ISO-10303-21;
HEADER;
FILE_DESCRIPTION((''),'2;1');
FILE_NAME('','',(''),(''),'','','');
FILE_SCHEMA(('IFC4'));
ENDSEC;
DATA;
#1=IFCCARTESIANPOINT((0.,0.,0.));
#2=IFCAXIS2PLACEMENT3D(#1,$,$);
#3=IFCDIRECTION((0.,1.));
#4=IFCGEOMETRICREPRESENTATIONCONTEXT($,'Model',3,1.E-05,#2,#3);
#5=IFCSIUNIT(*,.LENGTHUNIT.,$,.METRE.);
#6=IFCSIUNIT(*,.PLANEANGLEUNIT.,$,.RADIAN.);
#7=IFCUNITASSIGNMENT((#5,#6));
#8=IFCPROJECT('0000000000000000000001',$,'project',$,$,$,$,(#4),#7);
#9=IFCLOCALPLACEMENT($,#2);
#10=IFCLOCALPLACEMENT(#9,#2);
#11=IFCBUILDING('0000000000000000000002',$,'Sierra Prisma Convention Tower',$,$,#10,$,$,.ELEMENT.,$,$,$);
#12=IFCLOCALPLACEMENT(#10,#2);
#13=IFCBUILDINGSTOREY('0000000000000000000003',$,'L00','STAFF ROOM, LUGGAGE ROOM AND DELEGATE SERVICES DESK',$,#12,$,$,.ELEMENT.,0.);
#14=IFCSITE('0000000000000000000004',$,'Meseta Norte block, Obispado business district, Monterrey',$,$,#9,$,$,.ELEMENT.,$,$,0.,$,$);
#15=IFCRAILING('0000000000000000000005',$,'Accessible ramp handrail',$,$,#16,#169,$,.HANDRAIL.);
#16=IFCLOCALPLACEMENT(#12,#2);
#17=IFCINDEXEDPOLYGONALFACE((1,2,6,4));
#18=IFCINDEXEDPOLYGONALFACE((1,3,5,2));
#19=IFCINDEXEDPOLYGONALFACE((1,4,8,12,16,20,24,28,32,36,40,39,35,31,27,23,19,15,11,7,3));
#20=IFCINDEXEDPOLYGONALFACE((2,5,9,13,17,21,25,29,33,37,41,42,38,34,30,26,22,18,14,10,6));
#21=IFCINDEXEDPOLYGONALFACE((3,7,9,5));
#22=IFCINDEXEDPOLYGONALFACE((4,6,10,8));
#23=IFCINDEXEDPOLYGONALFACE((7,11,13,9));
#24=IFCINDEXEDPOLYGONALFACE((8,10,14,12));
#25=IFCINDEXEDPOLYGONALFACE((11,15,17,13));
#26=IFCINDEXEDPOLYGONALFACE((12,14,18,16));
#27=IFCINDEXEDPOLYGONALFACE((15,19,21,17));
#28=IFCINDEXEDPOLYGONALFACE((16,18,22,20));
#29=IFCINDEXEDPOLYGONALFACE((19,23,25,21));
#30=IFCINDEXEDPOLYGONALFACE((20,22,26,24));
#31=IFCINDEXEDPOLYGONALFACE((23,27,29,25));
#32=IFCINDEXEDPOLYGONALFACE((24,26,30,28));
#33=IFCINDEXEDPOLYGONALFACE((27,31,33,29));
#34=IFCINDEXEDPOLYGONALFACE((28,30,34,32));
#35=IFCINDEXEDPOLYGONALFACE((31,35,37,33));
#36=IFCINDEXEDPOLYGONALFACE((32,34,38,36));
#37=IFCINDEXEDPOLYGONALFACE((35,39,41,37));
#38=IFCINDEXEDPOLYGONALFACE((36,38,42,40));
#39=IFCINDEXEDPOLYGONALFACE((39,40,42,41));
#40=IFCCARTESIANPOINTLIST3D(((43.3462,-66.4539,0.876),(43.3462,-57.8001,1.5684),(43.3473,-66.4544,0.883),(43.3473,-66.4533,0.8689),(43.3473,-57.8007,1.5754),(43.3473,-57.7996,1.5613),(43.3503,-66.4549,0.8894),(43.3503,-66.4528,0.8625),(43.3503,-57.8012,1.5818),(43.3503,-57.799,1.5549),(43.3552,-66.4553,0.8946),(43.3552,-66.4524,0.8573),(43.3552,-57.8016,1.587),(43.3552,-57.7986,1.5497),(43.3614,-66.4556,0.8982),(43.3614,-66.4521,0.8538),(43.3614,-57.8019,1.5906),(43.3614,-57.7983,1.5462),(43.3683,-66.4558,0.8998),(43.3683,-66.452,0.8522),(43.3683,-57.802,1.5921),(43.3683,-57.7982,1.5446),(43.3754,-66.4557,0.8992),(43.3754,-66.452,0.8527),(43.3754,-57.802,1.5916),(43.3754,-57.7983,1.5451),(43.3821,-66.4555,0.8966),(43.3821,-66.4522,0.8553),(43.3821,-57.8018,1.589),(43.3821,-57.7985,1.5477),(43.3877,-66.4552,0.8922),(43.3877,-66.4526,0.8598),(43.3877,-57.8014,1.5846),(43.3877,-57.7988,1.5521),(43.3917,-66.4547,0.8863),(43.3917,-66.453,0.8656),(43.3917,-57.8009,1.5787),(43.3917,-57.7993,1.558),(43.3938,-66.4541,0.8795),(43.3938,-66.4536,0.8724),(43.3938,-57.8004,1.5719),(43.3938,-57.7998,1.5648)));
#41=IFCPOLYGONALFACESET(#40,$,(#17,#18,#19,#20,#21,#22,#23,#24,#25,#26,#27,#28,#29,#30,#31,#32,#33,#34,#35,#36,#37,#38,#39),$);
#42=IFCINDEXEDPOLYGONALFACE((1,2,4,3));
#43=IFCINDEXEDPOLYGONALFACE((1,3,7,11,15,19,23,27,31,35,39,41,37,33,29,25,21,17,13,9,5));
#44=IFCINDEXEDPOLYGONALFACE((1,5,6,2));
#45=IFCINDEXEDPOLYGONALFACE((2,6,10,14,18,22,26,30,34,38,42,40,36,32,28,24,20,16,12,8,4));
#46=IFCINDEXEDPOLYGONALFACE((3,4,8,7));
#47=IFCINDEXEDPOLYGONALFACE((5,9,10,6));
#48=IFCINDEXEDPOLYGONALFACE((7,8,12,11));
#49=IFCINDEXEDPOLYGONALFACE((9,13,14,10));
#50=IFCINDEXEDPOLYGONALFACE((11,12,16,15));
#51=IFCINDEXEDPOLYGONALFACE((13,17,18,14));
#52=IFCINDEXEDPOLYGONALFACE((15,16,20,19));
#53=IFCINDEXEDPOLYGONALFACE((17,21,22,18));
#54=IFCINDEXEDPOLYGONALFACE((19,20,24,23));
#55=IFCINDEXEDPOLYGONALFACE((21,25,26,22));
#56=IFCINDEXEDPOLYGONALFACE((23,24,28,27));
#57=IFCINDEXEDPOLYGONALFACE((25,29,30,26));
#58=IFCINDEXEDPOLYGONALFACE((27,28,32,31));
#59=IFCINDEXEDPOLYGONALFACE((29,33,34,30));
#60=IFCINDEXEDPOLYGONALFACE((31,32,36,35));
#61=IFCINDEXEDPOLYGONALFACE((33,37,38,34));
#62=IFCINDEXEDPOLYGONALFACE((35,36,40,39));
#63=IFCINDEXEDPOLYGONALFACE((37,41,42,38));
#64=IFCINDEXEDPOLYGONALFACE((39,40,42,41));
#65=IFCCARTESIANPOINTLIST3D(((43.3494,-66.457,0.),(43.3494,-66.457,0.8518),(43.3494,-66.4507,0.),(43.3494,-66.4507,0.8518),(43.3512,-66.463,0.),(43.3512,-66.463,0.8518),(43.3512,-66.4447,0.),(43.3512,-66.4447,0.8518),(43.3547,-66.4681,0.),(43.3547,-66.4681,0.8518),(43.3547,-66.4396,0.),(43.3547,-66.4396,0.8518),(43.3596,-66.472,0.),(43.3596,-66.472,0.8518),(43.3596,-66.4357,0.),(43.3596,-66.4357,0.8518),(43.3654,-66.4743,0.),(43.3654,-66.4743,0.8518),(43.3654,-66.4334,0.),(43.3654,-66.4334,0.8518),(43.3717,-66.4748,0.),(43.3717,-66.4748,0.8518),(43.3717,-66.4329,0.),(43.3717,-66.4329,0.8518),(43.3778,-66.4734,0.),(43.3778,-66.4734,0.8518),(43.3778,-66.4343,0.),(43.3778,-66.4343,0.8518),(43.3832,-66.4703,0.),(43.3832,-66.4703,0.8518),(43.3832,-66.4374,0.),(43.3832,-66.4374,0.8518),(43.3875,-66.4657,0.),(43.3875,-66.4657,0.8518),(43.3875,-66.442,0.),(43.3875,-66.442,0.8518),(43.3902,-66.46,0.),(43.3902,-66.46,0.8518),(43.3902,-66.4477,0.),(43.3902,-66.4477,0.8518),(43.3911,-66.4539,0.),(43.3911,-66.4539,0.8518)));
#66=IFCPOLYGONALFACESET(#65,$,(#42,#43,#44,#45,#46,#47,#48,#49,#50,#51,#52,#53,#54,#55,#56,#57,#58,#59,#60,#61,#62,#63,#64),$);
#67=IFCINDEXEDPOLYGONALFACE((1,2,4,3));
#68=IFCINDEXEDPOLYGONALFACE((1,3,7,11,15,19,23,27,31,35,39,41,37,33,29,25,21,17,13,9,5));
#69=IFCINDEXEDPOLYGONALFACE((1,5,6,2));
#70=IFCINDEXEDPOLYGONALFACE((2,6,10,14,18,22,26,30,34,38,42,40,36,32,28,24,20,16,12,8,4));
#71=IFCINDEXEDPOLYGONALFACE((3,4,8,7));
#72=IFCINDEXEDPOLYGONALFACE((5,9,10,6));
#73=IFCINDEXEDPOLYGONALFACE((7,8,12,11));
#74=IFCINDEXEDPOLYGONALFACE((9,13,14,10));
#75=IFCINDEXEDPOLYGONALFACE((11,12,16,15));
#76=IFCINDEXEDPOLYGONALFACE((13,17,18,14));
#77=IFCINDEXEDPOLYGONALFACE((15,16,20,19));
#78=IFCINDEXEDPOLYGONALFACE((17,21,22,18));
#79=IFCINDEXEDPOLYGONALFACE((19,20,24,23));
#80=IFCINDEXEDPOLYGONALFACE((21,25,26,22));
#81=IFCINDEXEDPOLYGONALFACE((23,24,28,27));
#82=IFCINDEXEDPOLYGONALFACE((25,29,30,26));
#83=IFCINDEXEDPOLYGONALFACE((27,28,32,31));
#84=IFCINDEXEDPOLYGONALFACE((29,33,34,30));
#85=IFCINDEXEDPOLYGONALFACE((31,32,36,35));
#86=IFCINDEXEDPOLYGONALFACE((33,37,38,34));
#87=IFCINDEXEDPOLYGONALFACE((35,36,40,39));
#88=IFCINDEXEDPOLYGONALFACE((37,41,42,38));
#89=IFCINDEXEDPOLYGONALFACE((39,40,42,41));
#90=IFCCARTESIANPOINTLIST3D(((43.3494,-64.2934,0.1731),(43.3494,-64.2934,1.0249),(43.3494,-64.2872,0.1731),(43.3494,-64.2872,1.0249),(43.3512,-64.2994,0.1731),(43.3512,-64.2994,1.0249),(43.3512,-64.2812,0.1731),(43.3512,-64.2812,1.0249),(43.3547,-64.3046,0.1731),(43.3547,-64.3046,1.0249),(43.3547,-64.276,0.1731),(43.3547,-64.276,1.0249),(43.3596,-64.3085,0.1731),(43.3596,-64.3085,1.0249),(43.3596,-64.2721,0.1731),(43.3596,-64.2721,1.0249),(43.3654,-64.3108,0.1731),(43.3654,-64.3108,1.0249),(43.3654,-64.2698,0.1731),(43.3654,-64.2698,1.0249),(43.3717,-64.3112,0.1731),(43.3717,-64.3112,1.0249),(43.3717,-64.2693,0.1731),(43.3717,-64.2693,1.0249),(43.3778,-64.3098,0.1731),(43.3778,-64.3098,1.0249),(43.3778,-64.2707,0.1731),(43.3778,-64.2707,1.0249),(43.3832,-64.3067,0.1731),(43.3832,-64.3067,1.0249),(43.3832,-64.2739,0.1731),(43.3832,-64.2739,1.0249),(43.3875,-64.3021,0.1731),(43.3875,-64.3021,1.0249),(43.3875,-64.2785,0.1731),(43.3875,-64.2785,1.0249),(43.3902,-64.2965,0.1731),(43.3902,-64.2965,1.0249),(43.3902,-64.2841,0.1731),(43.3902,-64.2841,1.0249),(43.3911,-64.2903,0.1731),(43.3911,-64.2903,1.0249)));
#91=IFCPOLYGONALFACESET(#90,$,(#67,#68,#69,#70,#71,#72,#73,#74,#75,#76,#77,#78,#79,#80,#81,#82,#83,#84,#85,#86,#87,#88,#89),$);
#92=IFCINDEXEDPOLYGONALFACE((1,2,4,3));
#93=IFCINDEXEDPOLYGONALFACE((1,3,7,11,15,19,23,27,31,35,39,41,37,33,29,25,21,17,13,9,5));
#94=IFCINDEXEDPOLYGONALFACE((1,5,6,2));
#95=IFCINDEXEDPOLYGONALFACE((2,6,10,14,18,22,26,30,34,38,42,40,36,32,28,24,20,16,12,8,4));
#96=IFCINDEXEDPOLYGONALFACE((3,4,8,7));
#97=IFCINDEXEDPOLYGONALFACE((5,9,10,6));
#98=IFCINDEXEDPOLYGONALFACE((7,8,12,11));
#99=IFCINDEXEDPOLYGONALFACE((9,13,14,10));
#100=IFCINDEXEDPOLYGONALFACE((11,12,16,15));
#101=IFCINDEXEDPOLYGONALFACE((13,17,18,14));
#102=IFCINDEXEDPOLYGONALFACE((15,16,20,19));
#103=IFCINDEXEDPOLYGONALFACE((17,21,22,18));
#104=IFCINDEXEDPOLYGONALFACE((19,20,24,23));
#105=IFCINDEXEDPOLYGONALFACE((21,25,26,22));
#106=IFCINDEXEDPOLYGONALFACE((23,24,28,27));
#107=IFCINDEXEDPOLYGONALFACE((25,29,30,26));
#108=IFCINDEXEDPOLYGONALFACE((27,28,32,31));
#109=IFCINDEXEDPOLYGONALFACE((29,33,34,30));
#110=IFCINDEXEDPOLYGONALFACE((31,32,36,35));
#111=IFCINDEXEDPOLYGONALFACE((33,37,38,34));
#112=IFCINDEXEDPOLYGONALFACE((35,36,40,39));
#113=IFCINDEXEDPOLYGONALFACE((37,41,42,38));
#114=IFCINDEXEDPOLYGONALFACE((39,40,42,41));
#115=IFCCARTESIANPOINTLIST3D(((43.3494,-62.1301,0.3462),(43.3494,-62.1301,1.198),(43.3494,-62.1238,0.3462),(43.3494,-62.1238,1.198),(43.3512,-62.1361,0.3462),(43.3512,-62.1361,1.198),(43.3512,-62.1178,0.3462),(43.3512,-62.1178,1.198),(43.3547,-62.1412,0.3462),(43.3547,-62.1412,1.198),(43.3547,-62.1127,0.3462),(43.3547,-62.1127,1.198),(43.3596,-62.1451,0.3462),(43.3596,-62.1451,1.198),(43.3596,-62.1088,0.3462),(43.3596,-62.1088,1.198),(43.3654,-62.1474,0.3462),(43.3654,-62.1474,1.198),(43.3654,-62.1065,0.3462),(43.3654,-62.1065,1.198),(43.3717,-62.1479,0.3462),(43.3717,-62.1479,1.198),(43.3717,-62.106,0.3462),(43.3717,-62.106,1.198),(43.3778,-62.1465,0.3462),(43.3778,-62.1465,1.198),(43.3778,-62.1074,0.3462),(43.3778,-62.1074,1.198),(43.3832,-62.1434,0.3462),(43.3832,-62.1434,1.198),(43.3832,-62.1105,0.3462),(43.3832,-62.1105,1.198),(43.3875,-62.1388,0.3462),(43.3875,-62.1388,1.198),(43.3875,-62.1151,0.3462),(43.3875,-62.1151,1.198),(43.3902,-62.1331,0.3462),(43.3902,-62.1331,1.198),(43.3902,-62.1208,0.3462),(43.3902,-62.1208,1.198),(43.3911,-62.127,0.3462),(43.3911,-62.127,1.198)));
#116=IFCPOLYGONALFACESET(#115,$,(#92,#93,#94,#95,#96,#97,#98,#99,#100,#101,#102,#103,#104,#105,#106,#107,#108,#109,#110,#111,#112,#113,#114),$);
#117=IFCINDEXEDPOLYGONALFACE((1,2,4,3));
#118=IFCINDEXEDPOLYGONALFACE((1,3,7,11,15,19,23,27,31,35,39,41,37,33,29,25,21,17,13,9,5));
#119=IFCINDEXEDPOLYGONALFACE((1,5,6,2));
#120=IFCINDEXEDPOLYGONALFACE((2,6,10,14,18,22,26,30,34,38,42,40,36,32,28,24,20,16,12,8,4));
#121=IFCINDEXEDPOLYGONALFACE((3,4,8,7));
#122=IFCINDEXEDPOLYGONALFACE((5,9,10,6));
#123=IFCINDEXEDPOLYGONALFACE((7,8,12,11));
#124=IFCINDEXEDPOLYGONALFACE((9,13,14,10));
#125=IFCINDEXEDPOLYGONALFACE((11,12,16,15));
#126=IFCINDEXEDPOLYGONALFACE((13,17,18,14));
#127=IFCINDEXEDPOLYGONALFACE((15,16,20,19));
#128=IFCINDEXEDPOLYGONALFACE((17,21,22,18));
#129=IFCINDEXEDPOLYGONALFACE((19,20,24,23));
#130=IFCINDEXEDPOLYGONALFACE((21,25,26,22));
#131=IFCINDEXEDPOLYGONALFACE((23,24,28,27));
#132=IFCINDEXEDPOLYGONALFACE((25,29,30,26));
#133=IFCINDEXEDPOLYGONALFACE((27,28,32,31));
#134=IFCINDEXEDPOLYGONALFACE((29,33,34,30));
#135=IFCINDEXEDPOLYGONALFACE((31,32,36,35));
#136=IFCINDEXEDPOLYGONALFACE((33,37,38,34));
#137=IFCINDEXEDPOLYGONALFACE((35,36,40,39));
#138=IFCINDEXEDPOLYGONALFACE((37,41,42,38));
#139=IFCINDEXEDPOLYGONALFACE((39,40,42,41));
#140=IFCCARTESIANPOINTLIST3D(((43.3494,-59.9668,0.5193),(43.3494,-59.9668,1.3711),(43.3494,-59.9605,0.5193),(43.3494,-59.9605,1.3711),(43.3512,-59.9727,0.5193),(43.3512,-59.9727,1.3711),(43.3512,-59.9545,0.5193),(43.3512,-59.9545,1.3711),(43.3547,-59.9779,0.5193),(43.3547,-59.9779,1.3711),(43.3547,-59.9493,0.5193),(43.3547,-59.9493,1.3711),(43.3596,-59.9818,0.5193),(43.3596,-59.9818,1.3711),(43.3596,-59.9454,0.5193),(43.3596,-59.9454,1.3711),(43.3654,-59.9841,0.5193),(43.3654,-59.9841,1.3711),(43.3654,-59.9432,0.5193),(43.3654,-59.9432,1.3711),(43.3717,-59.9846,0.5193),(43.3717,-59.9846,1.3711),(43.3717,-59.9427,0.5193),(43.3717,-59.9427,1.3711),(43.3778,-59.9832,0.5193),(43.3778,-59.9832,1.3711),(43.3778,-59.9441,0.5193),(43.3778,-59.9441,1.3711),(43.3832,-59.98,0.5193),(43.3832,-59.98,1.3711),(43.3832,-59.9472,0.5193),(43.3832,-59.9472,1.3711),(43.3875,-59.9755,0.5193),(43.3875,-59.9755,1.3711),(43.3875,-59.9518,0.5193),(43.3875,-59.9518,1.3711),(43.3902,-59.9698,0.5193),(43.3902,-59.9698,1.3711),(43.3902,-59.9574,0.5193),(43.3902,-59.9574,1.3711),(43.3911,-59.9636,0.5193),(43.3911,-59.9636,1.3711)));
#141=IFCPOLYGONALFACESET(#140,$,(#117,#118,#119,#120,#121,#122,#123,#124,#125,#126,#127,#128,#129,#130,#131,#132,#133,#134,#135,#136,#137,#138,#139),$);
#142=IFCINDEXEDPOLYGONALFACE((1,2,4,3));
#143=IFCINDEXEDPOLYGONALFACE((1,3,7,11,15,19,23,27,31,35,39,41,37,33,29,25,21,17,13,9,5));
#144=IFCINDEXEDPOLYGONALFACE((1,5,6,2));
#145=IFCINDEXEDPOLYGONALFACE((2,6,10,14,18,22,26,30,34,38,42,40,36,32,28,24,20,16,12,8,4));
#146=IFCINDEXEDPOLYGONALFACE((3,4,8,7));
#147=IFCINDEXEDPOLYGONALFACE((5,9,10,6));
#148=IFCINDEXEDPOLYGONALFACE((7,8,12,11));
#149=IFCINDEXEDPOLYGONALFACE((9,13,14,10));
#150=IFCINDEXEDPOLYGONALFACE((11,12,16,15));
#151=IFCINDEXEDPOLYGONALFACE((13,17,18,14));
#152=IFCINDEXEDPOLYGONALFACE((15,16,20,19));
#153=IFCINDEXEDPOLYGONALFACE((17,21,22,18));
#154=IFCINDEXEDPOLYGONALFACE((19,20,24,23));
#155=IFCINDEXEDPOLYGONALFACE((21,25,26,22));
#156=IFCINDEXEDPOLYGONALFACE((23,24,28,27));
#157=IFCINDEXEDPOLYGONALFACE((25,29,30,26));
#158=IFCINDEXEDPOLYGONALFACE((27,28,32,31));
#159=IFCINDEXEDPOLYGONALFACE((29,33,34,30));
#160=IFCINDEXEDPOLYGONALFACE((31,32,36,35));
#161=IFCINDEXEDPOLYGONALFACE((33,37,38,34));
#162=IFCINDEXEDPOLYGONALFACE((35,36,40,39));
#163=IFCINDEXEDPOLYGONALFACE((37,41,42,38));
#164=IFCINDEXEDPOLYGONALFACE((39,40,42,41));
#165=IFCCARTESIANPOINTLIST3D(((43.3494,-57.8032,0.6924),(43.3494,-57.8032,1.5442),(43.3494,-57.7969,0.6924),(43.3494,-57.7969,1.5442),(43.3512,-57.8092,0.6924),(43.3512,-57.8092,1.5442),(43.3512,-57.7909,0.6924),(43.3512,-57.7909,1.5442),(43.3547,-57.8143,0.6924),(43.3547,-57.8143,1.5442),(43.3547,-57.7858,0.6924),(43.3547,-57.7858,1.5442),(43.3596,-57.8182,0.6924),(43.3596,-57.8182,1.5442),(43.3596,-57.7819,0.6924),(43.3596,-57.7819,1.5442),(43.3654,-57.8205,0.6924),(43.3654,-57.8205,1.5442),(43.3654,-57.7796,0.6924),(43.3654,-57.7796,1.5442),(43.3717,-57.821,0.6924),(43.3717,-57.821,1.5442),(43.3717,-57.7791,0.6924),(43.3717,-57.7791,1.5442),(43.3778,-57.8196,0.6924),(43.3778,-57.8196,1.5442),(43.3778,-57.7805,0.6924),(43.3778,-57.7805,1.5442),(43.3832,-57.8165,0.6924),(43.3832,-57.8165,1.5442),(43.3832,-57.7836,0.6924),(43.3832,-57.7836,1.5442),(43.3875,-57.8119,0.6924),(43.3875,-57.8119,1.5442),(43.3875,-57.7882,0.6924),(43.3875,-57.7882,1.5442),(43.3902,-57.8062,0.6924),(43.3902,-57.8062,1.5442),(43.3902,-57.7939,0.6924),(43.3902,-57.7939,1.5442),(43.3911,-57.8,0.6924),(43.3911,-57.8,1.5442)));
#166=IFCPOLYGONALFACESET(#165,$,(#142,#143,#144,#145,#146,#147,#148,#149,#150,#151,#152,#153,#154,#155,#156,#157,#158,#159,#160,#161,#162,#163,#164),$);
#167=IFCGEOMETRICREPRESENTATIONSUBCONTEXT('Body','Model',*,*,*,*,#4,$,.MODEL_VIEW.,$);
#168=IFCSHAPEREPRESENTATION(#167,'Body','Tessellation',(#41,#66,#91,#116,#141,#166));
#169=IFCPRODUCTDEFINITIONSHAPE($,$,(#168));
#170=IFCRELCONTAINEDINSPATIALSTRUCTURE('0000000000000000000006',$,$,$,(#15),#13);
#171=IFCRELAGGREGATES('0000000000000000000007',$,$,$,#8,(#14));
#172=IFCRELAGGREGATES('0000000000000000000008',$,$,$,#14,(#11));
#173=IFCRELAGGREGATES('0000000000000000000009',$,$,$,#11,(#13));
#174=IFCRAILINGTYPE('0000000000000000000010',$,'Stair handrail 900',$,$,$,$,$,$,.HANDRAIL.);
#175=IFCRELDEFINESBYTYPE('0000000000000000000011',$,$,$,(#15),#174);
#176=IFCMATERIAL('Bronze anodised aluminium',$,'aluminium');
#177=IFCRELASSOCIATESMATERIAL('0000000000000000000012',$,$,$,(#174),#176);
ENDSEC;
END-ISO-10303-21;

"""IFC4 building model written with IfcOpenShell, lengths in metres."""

from ifc_helpers import new_model, si_unit, direction, frame, origin, origin_2d, place, context, subcontext, project, spatial, circle, extrude, material, type_object, element, save


model = new_model("IFC4")

# Units and contexts
model_context = context("Model", 3, precision=1e-05, world=origin(), true_north=direction((0.0, 1.0)))
body_context = subcontext(model_context, "Body", "Model", "MODEL_VIEW")
ifc_project = project(units=[si_unit("LENGTHUNIT", "METRE"), si_unit("PLANEANGLEUNIT", "RADIAN")], contexts=[model_context])

# Site, building, storey
site_placement = place(None, origin())
site = spatial("IfcSite", under=ifc_project, at=site_placement, Name="Meseta Norte block, Obispado business district, Monterrey", CompositionType="ELEMENT", RefElevation=0.0)
building_placement = place(site_placement, origin())
building = spatial("IfcBuilding", under=site, at=building_placement, Name="Sierra Prisma Convention Tower", CompositionType="ELEMENT")
storey_placement = place(building_placement, origin())
storey = spatial("IfcBuildingStorey", under=building, at=storey_placement, Name="L00", Description="STAFF ROOM, LUGGAGE ROOM AND DELEGATE SERVICES DESK", CompositionType="ELEMENT", Elevation=0.0)

# Railing
ifc_material_1 = material(Name="Bronze anodised aluminium", Category="aluminium")
railing_type_1 = type_object("IfcRailingType", Name="Stair handrail 900", PredefinedType="HANDRAIL", material=ifc_material_1)
for number, where, name in (
    (1, (43.3701, -66.4539, 0.0), "Accessible ramp handrail"),
):
    element("IfcRailing", number, at=place(storey_placement, frame(where)), inside=storey, type_object=railing_type_1, Name=name, PredefinedType="HANDRAIL", context=body_context, shape_type="SweptSolid", body=[
        extrude(circle(Radius=0.0239, at=origin_2d()), frame((0.0, 0.0, 0.876), z_axis=(0.0, 0.996815, 0.079754), x_axis=(-1.0, 0.0, 0.0)), (0.0, 0.0, 1.0), 8.6814),
        extrude(circle(Radius=0.021, at=origin_2d()), origin(), (0.0, 0.0, 1.0), 0.8518),
        extrude(circle(Radius=0.021, at=origin_2d()), frame((0.0, 2.1636, 0.1731)), (0.0, 0.0, 1.0), 0.8518),
        extrude(circle(Radius=0.021, at=origin_2d()), frame((0.0, 4.3269, 0.3462)), (0.0, 0.0, 1.0), 0.8518),
        extrude(circle(Radius=0.021, at=origin_2d()), frame((0.0, 6.4902, 0.5193)), (0.0, 0.0, 1.0), 0.8518),
        extrude(circle(Radius=0.021, at=origin_2d()), frame((0.0, 8.6538, 0.6924)), (0.0, 0.0, 1.0), 0.8518),
    ])

save(model, "model.ifc")
